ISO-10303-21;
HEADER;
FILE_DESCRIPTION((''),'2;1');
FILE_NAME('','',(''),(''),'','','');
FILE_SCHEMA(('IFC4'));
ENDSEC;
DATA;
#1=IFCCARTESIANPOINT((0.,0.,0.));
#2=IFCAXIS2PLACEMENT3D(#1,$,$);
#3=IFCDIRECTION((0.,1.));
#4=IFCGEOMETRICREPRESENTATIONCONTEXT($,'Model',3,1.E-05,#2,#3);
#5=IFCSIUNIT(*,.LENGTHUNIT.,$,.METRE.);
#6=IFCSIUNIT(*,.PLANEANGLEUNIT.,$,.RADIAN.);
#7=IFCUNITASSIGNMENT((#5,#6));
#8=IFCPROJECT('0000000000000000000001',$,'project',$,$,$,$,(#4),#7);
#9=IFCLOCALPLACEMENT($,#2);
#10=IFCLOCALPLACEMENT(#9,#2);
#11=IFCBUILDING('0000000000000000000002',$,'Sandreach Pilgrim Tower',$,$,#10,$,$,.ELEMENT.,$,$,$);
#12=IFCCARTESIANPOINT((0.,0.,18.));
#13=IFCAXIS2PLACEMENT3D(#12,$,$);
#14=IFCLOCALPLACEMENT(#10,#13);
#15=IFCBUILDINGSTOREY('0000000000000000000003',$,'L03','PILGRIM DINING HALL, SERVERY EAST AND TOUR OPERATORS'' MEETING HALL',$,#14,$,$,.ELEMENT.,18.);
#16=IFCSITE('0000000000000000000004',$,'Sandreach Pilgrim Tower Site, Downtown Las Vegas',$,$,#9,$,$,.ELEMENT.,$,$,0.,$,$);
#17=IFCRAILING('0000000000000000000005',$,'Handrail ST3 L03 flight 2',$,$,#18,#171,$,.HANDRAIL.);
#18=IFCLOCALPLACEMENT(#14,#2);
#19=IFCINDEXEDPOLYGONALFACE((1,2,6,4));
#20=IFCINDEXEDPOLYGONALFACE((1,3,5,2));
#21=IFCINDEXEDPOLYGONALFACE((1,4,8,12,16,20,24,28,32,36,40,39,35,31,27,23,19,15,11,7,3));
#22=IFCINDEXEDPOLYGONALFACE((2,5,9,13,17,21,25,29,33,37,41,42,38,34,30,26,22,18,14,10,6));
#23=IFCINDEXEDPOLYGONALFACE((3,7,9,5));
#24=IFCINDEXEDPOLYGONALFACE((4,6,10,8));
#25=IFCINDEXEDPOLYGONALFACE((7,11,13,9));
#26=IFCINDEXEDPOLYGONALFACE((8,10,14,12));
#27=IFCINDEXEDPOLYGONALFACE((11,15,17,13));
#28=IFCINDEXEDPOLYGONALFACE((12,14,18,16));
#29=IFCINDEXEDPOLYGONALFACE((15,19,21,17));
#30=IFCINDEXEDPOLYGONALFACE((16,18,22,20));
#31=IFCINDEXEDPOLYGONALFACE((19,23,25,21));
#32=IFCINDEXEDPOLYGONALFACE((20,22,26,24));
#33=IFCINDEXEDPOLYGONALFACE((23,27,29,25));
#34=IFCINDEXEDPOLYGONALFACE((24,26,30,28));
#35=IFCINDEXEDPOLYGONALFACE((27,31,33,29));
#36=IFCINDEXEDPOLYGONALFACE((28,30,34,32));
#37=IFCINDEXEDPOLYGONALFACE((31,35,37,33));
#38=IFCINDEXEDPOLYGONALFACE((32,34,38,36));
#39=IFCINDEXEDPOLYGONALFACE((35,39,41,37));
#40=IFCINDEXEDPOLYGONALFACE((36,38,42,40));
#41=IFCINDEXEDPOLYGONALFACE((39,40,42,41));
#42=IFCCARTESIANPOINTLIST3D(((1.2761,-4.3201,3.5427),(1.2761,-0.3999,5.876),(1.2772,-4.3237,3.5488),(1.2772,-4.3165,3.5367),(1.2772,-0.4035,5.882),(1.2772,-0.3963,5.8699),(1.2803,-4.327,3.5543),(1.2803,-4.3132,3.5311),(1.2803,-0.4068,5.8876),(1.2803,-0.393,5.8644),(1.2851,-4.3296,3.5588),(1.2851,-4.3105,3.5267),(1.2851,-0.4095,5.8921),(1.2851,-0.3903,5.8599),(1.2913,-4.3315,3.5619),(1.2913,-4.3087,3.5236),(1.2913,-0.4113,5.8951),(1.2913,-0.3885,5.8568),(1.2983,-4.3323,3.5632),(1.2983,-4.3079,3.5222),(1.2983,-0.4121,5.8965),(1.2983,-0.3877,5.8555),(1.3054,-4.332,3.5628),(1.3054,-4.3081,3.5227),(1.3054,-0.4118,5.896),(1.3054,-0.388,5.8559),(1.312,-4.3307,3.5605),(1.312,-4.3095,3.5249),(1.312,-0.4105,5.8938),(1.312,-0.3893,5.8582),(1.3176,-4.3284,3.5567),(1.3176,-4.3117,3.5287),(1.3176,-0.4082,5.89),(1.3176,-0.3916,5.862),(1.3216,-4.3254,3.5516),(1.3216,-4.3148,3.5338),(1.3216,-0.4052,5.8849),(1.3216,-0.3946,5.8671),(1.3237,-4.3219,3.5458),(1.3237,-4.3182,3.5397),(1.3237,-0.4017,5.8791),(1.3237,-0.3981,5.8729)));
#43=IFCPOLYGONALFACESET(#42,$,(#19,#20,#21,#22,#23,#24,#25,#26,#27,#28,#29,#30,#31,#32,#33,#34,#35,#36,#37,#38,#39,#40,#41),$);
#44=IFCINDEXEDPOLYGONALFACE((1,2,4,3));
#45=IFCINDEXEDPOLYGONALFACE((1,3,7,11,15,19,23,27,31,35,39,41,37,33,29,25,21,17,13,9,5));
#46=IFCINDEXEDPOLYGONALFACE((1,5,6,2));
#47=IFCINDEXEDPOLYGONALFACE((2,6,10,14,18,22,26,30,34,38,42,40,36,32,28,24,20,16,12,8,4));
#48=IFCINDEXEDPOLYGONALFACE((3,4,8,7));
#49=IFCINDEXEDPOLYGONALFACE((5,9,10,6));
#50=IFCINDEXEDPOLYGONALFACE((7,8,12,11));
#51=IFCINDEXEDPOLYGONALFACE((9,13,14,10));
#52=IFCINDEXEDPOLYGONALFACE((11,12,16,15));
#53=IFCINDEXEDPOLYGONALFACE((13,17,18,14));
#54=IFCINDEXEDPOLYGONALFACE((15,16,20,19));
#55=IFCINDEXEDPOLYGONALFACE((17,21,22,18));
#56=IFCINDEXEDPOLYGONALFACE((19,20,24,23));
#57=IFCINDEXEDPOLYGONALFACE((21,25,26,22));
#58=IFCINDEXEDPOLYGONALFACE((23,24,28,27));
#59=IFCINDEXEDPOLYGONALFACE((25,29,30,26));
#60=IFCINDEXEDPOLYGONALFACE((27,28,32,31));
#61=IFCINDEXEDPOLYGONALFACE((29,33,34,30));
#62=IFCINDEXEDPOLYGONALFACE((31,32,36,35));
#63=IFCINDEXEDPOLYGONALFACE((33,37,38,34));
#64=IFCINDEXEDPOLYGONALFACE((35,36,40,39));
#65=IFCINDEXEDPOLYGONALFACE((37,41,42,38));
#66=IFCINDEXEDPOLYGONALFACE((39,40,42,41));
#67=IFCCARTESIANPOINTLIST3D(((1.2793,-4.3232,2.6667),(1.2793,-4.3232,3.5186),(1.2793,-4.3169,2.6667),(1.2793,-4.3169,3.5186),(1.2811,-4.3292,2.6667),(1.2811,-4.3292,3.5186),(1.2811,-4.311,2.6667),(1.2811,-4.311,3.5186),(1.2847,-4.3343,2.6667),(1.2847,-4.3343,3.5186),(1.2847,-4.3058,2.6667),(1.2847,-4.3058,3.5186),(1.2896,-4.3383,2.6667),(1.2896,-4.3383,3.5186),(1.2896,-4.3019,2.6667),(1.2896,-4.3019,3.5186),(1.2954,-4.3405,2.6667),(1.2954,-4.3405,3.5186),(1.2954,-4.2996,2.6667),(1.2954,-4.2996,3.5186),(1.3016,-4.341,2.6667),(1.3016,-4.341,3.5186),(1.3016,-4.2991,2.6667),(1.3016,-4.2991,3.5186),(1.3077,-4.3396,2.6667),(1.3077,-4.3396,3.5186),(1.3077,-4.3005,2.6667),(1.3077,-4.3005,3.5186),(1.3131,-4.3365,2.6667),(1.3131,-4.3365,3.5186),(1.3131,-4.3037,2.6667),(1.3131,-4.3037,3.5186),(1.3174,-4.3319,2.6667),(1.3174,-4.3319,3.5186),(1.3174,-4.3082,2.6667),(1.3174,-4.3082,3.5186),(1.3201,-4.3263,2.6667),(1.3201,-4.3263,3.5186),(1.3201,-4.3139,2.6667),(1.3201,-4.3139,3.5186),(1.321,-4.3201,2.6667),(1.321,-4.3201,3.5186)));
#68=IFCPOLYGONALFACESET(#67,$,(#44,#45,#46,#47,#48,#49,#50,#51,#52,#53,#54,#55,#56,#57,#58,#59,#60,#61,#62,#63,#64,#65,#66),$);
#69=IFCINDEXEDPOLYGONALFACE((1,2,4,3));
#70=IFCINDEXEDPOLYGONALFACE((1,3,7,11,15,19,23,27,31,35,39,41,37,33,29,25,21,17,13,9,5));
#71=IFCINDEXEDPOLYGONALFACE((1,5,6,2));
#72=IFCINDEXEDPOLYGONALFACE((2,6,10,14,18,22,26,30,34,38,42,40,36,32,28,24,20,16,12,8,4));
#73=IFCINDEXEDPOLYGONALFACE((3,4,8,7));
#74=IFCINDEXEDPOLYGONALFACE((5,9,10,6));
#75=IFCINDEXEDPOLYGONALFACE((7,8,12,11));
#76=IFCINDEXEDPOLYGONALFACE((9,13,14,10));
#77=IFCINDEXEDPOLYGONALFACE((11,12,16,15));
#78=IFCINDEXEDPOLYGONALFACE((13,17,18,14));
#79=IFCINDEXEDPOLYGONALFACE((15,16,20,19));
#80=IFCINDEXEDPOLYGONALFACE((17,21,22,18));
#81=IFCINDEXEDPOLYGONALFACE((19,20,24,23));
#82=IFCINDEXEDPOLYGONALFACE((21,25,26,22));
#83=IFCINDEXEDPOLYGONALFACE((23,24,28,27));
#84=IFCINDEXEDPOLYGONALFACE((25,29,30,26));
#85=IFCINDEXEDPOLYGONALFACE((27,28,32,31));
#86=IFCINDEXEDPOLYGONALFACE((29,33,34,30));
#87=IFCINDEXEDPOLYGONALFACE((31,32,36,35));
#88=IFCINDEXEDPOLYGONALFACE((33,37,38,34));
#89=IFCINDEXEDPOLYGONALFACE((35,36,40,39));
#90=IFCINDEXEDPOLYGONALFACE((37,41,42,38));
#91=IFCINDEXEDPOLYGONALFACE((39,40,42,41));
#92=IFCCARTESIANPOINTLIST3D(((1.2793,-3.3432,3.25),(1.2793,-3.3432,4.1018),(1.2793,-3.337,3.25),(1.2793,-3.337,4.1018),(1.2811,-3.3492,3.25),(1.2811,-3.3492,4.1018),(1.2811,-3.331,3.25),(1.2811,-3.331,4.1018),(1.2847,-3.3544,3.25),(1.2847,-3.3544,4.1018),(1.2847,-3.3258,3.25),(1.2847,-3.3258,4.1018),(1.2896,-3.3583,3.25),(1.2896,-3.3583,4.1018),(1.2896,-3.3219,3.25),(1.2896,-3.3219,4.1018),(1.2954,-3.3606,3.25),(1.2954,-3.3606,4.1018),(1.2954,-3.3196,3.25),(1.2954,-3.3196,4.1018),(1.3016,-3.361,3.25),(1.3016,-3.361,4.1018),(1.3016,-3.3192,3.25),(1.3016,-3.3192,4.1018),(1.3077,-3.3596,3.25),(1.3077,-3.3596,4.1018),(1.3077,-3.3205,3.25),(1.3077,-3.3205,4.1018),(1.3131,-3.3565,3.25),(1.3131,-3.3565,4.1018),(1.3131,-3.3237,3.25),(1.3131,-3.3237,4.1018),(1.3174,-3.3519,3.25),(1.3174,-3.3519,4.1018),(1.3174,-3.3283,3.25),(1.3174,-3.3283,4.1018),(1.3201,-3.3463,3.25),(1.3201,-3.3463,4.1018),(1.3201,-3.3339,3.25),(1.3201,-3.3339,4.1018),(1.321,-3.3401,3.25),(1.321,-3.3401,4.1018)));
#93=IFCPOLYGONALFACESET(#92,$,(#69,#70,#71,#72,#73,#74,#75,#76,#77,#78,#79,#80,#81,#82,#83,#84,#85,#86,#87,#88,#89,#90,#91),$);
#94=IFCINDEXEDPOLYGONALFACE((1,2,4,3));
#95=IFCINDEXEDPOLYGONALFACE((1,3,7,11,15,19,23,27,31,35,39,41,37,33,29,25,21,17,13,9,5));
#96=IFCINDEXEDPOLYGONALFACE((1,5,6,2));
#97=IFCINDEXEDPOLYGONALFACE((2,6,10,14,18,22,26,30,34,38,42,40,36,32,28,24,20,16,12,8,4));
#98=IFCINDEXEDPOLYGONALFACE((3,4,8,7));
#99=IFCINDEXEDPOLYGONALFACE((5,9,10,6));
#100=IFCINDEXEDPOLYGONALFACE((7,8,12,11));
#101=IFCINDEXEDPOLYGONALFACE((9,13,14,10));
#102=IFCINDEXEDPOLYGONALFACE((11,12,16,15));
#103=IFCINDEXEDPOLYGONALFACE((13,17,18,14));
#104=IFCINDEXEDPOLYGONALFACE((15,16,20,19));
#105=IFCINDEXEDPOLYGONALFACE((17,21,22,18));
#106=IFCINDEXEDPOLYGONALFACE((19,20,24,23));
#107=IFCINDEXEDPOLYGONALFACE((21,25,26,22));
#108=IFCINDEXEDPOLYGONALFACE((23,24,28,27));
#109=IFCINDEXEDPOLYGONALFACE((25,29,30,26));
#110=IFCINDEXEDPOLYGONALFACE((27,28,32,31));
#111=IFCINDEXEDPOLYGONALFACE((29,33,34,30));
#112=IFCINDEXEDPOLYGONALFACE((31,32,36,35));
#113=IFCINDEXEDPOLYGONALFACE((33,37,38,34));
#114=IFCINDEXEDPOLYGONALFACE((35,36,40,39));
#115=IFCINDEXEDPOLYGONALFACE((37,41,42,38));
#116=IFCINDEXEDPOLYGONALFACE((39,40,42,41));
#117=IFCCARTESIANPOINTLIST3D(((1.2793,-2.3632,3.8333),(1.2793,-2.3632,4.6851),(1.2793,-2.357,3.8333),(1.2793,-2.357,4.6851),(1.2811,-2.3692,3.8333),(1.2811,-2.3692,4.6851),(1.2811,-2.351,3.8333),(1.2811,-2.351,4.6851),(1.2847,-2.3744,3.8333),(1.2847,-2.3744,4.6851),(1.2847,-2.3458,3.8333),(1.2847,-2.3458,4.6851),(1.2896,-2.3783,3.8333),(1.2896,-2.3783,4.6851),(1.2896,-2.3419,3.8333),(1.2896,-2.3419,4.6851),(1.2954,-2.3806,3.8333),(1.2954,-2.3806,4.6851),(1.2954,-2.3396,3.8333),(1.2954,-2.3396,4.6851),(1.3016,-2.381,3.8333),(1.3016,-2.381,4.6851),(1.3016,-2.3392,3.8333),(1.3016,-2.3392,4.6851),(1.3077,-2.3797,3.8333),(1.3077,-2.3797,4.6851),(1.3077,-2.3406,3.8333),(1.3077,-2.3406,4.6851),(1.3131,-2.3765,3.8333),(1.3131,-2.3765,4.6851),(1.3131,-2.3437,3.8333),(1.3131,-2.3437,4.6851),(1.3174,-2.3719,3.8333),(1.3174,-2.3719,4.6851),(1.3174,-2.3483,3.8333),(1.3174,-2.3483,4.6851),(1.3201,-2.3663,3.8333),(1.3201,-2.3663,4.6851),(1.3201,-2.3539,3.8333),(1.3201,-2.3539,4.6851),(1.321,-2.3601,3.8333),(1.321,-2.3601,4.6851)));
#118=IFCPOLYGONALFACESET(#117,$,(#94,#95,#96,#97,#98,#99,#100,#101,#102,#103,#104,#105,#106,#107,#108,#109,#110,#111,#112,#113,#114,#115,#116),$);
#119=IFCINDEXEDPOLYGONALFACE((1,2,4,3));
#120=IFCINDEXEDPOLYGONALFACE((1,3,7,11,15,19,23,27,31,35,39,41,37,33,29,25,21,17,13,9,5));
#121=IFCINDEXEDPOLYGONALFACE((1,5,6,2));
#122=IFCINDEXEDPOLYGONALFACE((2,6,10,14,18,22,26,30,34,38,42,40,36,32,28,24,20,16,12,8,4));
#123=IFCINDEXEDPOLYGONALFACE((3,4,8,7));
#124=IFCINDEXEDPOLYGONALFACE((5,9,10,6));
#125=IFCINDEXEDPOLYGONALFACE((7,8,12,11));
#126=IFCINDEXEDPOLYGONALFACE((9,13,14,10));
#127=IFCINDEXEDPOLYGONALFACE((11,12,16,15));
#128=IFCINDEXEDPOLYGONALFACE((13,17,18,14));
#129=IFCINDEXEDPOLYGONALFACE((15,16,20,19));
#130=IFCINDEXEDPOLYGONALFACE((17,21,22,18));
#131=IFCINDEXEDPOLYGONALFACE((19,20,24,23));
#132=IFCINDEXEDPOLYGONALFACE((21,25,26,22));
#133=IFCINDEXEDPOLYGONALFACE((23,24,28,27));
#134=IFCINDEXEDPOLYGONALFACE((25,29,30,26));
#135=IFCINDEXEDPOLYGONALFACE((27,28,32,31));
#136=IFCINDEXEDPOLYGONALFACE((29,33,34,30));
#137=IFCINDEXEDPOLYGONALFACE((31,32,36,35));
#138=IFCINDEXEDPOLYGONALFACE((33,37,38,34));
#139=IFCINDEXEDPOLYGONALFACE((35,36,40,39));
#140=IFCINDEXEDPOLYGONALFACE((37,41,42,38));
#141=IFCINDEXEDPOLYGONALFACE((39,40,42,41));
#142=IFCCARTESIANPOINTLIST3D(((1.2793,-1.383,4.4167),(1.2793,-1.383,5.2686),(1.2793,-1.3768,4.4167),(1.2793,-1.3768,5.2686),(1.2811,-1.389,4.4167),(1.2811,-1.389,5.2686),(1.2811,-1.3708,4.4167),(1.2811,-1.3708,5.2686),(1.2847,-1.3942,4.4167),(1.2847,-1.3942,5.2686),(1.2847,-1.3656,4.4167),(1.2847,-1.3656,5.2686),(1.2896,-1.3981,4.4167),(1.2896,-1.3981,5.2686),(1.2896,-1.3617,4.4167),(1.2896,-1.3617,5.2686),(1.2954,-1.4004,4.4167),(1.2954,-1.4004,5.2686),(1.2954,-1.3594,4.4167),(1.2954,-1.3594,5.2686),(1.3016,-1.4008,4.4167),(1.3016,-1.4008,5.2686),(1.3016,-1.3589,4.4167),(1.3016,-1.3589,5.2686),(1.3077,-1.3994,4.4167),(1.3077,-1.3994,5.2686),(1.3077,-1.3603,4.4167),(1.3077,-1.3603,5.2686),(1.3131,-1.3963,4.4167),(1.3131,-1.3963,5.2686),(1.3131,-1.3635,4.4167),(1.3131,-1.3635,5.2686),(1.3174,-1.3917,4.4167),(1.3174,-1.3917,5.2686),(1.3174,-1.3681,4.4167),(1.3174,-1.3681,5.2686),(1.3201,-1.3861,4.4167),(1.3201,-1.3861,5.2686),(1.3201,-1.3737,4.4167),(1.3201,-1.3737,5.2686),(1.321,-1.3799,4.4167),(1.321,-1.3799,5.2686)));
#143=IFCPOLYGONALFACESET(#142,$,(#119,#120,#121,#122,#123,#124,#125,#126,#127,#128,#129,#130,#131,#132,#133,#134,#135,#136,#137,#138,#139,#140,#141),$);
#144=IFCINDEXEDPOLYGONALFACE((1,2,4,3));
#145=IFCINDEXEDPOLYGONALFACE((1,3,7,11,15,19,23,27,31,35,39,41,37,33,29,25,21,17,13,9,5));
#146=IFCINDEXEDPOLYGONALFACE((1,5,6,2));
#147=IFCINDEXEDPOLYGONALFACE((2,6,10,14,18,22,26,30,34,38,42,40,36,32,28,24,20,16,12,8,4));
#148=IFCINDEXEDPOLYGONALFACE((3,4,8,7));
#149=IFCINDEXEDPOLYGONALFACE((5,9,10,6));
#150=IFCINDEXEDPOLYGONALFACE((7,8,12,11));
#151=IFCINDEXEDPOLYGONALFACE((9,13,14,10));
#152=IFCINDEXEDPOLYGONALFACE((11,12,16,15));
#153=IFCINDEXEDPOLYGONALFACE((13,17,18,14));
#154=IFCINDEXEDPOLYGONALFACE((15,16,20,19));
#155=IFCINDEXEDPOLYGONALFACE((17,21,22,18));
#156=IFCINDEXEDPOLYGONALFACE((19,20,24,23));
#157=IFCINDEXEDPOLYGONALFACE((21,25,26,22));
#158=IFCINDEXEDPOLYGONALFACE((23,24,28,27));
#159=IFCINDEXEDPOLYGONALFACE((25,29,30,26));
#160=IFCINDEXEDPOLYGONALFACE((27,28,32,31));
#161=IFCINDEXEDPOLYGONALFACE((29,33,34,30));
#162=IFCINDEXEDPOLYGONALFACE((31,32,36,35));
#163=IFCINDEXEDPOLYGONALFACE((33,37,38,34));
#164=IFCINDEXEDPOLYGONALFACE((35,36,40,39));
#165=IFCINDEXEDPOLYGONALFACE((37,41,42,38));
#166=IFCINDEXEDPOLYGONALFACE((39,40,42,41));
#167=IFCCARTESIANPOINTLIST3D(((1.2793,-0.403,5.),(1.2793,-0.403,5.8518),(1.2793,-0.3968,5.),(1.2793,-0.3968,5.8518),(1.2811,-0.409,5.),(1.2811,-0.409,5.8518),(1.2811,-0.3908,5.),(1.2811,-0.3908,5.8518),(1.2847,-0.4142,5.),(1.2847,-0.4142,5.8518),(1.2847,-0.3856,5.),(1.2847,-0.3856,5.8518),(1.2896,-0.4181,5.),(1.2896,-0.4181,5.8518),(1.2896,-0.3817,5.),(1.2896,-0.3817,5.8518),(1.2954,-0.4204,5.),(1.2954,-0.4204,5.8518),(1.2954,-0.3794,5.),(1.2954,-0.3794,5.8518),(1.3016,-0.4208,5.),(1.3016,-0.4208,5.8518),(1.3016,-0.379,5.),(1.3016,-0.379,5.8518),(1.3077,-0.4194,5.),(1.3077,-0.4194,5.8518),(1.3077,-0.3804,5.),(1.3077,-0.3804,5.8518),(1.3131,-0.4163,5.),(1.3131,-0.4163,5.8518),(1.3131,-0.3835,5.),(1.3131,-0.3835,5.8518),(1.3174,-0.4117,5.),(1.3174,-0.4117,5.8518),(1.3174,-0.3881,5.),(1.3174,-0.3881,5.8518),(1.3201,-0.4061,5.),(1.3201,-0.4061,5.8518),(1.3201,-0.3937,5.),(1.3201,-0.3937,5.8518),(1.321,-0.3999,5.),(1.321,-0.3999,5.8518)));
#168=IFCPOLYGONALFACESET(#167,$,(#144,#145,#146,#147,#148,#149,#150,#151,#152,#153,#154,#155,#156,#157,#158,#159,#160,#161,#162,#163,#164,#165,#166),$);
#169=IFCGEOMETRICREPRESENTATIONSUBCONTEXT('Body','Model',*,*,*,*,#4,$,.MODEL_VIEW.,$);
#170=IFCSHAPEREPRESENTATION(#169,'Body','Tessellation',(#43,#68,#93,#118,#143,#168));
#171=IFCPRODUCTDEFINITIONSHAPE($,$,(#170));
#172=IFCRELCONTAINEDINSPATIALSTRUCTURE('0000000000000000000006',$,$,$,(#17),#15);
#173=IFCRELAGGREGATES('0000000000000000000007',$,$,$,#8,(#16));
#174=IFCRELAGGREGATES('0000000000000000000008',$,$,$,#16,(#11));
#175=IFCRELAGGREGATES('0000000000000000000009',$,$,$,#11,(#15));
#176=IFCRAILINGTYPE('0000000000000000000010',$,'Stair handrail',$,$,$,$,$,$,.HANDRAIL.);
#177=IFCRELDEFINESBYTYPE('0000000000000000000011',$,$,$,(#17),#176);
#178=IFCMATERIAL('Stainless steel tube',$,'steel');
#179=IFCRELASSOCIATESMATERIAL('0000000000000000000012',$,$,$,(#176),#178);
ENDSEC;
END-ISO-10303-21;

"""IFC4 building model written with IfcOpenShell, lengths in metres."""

from ifc_helpers import new_model, si_unit, direction, frame, origin, origin_2d, place, context, subcontext, project, spatial, circle, extrude, material, type_object, element, save


model = new_model("IFC4")

# Units and contexts
model_context = context("Model", 3, precision=1e-05, world=origin(), true_north=direction((0.0, 1.0)))
body_context = subcontext(model_context, "Body", "Model", "MODEL_VIEW")
ifc_project = project(units=[si_unit("LENGTHUNIT", "METRE"), si_unit("PLANEANGLEUNIT", "RADIAN")], contexts=[model_context])

# Site, building, storey
site_placement = place(None, origin())
site = spatial("IfcSite", under=ifc_project, at=site_placement, Name="Sandreach Pilgrim Tower Site, Downtown Las Vegas", CompositionType="ELEMENT", RefElevation=0.0)
building_placement = place(site_placement, origin())
building = spatial("IfcBuilding", under=site, at=building_placement, Name="Sandreach Pilgrim Tower", CompositionType="ELEMENT")
storey_placement = place(building_placement, frame((0.0, 0.0, 18.0)))
storey = spatial("IfcBuildingStorey", under=building, at=storey_placement, Name="L03", Description="PILGRIM DINING HALL, SERVERY EAST AND TOUR OPERATORS' MEETING HALL", CompositionType="ELEMENT", Elevation=18.0)

# Railing
ifc_material_1 = material(Name="Stainless steel tube", Category="steel")
railing_type = type_object("IfcRailingType", Name="Stair handrail", PredefinedType="HANDRAIL", material=ifc_material_1)
for number, where, name in (
    (1, (1.3, -4.3201, 2.6667), "Handrail ST3 L03 flight 2"),
):
    element("IfcRailing", number, at=place(storey_placement, frame(where)), inside=storey, type_object=railing_type, Name=name, PredefinedType="HANDRAIL", context=body_context, shape_type="SweptSolid", body=[
        extrude(circle(Radius=0.0239, at=origin_2d()), frame((0.0, 0.0, 0.876), z_axis=(0.0, 0.85931, 0.511455), x_axis=(-1.0, 0.0, 0.0)), (0.0, 0.0, 1.0), 4.562),
        extrude(circle(Radius=0.021, at=origin_2d()), origin(), (0.0, 0.0, 1.0), 0.8518),
        extrude(circle(Radius=0.021, at=origin_2d()), frame((0.0, 0.98, 0.5833)), (0.0, 0.0, 1.0), 0.8518),
        extrude(circle(Radius=0.021, at=origin_2d()), frame((0.0, 1.96, 1.1665)), (0.0, 0.0, 1.0), 0.8518),
        extrude(circle(Radius=0.021, at=origin_2d()), frame((0.0, 2.9402, 1.75)), (0.0, 0.0, 1.0), 0.8518),
        extrude(circle(Radius=0.021, at=origin_2d()), frame((0.0, 3.9202, 2.3333)), (0.0, 0.0, 1.0), 0.8518),
    ])

save(model, "model.ifc")
